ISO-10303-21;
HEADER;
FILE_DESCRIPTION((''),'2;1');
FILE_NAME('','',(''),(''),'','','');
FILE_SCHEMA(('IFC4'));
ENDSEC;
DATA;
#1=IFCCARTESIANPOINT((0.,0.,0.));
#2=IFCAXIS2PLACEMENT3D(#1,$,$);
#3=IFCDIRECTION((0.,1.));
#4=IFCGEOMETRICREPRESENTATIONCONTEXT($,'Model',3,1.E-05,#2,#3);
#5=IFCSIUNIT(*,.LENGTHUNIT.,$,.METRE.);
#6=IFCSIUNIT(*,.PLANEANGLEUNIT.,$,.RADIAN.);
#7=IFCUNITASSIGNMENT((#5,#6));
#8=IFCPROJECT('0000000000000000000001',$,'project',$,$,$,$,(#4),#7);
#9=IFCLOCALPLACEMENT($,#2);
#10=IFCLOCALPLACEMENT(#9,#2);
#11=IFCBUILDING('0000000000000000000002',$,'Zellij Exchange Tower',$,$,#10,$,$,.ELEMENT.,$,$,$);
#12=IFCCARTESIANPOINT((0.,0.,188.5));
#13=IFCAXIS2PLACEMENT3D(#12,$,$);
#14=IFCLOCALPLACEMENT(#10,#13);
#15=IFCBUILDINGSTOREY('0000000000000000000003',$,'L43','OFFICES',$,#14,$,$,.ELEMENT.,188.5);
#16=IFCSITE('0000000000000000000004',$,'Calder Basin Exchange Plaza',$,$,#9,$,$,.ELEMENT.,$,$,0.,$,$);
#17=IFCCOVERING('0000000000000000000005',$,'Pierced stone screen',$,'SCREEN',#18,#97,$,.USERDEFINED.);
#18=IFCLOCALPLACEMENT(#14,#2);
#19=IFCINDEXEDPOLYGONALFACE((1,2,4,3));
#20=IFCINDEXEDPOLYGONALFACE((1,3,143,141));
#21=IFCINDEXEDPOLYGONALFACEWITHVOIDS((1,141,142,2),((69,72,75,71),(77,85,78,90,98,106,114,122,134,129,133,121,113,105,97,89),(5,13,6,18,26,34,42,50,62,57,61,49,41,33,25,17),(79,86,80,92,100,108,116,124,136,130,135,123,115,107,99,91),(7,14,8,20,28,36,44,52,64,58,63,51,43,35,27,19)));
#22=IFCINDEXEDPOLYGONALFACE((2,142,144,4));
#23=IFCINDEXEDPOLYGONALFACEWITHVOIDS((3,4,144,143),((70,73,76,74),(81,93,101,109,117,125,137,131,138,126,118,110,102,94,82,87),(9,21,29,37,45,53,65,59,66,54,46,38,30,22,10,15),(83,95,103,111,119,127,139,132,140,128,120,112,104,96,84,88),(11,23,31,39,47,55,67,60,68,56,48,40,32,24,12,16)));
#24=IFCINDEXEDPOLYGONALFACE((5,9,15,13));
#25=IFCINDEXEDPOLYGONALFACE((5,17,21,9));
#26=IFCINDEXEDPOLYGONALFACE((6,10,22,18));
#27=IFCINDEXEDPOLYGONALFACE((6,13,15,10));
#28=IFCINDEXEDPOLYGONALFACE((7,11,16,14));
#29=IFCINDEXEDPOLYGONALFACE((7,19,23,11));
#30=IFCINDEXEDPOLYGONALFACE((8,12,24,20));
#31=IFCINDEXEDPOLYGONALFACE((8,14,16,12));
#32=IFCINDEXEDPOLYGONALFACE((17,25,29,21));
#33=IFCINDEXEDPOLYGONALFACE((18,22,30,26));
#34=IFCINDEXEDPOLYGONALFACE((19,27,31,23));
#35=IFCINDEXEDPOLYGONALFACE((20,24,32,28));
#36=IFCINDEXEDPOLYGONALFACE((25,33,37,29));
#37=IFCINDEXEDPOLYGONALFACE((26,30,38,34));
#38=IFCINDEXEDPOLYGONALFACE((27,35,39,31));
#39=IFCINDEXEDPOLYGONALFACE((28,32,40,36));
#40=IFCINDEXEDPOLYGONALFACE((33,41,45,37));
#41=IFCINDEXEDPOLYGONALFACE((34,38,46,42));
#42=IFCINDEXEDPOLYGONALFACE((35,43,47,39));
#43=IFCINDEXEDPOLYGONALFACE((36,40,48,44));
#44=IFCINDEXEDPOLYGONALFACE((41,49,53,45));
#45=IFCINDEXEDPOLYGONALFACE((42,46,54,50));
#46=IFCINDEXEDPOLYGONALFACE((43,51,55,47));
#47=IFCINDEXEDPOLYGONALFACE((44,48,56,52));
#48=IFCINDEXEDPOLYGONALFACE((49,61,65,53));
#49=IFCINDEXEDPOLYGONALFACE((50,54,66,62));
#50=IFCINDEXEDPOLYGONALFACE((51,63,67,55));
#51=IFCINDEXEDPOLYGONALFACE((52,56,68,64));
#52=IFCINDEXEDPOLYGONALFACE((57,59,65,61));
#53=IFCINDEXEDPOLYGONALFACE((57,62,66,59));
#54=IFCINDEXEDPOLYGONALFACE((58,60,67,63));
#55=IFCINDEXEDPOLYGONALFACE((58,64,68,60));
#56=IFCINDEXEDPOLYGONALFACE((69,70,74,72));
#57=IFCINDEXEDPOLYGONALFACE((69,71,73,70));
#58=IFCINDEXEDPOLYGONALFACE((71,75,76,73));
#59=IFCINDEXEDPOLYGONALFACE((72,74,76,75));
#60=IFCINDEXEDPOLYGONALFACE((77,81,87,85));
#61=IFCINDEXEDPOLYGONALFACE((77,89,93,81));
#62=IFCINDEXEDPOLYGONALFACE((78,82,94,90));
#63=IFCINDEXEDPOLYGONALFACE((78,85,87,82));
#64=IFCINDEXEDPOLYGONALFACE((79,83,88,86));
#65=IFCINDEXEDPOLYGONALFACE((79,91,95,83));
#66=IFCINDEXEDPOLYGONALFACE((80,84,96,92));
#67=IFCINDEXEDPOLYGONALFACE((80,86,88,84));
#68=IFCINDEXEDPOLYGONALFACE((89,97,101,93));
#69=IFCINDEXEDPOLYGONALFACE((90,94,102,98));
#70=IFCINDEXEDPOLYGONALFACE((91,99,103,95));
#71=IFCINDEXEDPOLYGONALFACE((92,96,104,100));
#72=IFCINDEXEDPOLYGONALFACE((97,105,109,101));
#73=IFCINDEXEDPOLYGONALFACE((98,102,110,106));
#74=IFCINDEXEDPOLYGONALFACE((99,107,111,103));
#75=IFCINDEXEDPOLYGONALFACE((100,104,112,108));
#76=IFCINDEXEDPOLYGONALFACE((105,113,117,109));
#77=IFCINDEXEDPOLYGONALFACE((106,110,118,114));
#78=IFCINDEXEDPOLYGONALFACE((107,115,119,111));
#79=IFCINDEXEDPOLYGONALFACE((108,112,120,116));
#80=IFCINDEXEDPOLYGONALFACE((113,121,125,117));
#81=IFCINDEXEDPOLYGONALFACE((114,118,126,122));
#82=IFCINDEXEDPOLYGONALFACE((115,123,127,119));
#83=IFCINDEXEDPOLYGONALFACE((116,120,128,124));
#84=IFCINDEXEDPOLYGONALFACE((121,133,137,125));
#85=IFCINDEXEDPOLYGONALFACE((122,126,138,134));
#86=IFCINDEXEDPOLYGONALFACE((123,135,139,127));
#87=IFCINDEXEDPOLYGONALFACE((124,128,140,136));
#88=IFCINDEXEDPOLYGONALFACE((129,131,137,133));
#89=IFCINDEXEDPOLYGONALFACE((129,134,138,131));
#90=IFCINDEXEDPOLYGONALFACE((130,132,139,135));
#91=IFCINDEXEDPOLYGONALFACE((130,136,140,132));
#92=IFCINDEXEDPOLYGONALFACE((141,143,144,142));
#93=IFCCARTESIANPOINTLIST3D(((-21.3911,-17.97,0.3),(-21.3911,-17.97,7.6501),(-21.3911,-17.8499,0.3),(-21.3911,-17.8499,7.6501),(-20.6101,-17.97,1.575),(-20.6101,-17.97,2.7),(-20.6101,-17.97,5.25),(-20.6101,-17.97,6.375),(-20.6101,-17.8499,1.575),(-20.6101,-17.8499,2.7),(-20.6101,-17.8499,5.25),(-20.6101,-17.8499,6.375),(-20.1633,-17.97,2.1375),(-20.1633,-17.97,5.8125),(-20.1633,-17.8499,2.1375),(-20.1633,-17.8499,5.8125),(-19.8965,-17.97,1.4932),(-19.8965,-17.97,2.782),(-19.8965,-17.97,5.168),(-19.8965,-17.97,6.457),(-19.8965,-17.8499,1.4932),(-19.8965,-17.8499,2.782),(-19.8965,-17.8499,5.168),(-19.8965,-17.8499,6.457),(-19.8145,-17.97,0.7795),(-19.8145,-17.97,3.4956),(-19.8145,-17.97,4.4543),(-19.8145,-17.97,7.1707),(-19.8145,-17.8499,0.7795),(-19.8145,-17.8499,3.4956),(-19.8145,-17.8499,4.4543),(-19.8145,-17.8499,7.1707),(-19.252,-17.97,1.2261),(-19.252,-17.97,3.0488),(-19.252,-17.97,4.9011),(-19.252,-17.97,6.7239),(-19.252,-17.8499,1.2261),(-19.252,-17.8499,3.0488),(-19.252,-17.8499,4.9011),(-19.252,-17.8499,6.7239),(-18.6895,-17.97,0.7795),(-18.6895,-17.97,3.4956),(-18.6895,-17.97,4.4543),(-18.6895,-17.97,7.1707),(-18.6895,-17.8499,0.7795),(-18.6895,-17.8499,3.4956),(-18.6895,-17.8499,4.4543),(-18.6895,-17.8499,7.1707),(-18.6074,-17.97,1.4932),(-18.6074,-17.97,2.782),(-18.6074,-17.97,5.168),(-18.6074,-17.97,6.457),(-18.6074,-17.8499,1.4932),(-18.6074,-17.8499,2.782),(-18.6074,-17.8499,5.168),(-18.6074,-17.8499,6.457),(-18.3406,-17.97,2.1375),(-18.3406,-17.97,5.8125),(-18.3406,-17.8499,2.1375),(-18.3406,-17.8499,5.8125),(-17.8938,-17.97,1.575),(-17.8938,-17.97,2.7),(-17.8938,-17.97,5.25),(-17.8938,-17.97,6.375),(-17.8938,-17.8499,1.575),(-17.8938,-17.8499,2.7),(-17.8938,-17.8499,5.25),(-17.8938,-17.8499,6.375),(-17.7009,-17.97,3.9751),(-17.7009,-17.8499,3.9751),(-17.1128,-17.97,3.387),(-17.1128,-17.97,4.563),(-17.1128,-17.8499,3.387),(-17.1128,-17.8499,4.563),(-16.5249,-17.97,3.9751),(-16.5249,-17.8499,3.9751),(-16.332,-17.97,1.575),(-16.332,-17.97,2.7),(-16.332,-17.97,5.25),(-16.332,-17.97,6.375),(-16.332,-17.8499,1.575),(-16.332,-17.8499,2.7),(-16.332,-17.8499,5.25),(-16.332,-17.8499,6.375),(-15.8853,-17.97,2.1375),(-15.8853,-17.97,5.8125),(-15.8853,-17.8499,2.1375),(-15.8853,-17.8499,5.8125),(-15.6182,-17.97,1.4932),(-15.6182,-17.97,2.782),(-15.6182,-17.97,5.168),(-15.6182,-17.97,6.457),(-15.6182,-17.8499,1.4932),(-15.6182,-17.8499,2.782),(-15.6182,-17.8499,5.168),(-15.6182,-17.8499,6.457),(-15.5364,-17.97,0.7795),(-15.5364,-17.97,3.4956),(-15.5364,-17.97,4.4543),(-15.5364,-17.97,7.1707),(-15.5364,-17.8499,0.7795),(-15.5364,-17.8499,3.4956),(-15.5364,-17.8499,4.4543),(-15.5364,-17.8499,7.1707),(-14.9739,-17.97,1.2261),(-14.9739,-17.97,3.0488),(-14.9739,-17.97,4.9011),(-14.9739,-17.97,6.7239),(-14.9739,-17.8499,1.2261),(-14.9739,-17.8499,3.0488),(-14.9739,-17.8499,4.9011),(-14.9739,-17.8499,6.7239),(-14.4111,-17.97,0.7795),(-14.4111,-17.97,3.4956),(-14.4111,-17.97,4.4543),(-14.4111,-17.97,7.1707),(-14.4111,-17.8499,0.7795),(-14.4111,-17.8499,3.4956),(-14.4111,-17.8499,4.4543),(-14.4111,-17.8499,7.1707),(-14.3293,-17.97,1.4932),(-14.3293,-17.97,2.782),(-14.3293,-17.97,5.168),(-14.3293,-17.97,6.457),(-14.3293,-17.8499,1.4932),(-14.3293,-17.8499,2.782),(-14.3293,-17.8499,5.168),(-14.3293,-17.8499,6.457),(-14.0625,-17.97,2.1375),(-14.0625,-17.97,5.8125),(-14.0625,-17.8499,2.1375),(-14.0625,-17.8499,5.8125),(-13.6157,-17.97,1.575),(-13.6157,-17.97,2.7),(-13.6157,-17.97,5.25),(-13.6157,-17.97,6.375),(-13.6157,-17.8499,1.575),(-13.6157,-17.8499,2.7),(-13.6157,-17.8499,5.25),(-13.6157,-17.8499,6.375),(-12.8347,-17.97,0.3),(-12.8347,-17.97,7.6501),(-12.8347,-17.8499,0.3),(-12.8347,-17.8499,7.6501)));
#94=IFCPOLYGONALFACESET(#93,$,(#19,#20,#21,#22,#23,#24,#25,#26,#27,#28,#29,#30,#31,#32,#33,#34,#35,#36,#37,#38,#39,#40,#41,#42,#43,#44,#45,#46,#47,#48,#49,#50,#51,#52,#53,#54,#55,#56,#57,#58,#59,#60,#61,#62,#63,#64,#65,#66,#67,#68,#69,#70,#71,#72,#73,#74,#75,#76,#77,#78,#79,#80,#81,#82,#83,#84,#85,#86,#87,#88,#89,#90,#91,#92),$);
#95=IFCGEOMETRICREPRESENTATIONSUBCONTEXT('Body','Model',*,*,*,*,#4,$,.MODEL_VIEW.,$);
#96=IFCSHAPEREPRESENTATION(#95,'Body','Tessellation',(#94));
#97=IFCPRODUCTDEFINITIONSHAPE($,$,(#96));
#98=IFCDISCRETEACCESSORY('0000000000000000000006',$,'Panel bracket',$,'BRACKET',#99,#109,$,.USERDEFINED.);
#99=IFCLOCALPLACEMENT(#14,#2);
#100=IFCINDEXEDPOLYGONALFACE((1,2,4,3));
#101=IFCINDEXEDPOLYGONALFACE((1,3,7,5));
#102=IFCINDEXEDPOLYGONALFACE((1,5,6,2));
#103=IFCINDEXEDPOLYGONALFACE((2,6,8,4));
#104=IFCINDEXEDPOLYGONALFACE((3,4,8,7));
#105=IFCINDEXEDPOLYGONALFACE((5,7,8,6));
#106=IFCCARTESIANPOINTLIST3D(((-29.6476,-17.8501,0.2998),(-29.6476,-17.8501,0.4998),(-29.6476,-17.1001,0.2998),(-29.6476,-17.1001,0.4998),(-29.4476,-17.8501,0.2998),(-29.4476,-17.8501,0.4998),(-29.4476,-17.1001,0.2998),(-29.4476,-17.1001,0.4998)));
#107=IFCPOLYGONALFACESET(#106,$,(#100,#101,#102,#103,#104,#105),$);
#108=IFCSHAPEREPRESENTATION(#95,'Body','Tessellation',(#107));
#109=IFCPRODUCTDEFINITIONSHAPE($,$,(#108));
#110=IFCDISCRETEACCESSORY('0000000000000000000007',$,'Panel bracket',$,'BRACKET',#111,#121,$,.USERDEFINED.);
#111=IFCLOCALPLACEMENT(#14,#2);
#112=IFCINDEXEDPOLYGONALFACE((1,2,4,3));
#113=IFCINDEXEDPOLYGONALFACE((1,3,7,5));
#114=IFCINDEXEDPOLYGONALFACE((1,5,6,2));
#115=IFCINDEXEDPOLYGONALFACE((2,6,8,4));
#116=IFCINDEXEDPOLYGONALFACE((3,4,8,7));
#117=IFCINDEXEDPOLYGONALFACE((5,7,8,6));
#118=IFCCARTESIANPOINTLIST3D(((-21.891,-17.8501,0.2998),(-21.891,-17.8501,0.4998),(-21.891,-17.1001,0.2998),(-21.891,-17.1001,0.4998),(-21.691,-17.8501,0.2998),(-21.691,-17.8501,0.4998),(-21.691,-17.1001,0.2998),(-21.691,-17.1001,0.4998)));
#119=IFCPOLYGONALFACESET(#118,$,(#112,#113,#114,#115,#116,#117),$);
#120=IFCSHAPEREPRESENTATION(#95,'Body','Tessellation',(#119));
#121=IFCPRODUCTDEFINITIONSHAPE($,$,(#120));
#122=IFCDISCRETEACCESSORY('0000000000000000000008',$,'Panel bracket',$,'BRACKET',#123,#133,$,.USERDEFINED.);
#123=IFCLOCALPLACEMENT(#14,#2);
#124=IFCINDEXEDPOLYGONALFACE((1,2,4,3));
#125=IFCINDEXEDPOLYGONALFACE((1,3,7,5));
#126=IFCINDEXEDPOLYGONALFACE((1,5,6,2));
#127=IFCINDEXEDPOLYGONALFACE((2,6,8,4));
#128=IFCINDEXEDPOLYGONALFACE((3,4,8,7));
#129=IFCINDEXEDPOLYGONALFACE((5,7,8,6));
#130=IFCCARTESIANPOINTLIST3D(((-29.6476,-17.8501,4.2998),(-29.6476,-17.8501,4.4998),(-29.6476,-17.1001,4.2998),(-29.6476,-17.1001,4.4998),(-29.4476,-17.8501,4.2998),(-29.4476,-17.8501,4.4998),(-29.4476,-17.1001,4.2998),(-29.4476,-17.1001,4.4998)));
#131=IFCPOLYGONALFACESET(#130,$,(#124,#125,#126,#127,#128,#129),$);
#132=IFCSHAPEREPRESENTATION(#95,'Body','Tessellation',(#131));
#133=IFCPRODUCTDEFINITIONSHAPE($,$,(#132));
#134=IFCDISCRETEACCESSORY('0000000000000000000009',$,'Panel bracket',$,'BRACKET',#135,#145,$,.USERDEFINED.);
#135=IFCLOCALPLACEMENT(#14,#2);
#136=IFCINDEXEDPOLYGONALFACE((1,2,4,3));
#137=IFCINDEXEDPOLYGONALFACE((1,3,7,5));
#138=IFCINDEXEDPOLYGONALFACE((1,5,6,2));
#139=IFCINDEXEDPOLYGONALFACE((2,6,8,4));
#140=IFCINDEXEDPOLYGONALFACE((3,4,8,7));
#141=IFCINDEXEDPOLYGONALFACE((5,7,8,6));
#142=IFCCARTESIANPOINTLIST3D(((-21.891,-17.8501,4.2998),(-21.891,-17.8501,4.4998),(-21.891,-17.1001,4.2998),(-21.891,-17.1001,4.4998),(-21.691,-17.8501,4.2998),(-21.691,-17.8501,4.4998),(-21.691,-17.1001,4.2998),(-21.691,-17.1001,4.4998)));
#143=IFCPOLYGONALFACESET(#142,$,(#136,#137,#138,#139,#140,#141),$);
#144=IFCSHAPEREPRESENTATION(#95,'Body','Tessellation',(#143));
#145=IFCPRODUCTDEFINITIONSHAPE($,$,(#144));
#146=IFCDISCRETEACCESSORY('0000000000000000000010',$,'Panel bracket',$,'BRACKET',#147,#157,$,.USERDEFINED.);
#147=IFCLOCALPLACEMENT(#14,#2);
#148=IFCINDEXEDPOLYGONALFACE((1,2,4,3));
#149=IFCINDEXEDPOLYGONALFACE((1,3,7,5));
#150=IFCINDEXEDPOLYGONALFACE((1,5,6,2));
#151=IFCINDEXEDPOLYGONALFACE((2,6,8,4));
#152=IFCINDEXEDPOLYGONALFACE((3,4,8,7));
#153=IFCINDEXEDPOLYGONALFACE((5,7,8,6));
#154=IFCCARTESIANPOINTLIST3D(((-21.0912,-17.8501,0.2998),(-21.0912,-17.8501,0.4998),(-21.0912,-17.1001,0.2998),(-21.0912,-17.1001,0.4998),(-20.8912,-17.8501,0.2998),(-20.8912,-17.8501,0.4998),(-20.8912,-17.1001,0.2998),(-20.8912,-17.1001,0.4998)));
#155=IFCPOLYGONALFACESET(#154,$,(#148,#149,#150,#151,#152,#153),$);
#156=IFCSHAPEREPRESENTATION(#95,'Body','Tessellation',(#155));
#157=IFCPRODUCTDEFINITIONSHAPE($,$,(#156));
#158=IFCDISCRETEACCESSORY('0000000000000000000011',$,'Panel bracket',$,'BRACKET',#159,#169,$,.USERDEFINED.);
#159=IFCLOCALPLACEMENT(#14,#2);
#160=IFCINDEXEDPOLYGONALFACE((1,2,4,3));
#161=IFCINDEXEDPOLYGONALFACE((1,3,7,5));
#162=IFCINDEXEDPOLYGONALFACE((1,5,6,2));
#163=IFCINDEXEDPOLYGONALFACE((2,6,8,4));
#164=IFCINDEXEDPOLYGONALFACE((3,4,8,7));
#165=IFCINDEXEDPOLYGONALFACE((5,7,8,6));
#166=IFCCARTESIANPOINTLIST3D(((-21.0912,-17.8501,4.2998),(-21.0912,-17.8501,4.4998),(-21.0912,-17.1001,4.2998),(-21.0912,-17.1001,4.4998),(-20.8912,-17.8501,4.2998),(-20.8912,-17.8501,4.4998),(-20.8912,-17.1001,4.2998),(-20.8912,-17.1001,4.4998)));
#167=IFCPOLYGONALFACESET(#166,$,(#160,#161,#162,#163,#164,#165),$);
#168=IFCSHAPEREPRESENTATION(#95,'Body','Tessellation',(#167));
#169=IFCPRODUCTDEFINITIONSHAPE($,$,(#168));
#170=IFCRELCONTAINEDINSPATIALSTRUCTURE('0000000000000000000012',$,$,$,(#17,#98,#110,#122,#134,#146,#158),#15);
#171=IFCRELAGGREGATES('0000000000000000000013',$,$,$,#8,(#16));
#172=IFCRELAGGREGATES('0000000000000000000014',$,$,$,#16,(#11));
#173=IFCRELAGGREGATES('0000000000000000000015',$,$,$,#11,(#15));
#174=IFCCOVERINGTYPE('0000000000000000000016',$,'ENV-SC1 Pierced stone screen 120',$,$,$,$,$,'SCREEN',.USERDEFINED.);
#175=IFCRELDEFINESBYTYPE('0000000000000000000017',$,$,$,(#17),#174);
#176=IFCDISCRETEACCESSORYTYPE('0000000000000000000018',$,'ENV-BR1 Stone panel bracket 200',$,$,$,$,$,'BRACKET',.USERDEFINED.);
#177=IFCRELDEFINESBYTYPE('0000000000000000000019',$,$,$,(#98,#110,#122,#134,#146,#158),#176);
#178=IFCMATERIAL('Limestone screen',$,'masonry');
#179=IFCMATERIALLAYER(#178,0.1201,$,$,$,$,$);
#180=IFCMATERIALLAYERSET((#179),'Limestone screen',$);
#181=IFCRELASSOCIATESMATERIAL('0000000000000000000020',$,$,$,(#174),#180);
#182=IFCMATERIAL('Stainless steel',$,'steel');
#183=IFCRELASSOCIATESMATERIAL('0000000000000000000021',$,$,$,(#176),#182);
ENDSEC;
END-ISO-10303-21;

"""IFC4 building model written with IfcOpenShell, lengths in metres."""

from ifc_helpers import new_model, si_unit, direction, frame, origin, origin_2d, place, context, subcontext, project, spatial, polyline, rectangle, outline, extrude, material, layer, layer_set, type_object, element, save


model = new_model("IFC4")

# Units and contexts
model_context = context("Model", 3, precision=1e-05, world=origin(), true_north=direction((0.0, 1.0)))
body_context = subcontext(model_context, "Body", "Model", "MODEL_VIEW")
ifc_project = project(units=[si_unit("LENGTHUNIT", "METRE"), si_unit("PLANEANGLEUNIT", "RADIAN")], contexts=[model_context])

# Site, building, storey
site_placement = place(None, origin())
site = spatial("IfcSite", under=ifc_project, at=site_placement, Name="Calder Basin Exchange Plaza", CompositionType="ELEMENT", RefElevation=0.0)
building_placement = place(site_placement, origin())
building = spatial("IfcBuilding", under=site, at=building_placement, Name="Zellij Exchange Tower", CompositionType="ELEMENT")
storey_placement = place(building_placement, frame((0.0, 0.0, 188.5)))
storey = spatial("IfcBuildingStorey", under=building, at=storey_placement, Name="L43", Description="OFFICES", CompositionType="ELEMENT", Elevation=188.5)

# Shared definitions
ifc_material_1 = material(Name="Stainless steel", Category="steel")

# Covering
ifc_material_2 = material(Name="Limestone screen", Category="masonry")
ifc_layer_1 = layer(ifc_material_2, 0.1201)
ifc_layer_set_1 = layer_set([ifc_layer_1], Name="Limestone screen")
covering_type = type_object("IfcCoveringType", Name="ENV-SC1 Pierced stone screen 120", ElementType="SCREEN", PredefinedType="USERDEFINED", material=ifc_layer_set_1)
covering_placement = place(storey_placement, frame((-21.3911, -17.9099, 0.3), z_axis=(0.0, 0.0, 1.0), x_axis=(1.0, 0.0, 0.0)))
element("IfcCovering", 1, at=covering_placement, inside=storey, type_object=covering_type, Name="Pierced stone screen", ObjectType="SCREEN", PredefinedType="USERDEFINED", context=body_context, shape_type="SweptSolid", body=[
    extrude(outline(polyline([(0.0, 0.0), (8.5564, 0.0), (8.5564, 7.3501), (0.0, 7.3501), (0.0, 0.0)]), holes=[polyline([(3.4973, 2.3999), (2.7837, 2.4819), (2.7017, 3.1956), (2.1392, 2.7488), (1.5767, 3.1956), (1.4946, 2.4819), (0.781, 2.3999), (1.2278, 1.8374), (0.781, 1.2749), (1.4946, 1.1931), (1.5767, 0.4795), (2.1392, 0.926), (2.7017, 0.4795), (2.7837, 1.1931), (3.4973, 1.2749), (3.0505, 1.8374), (3.4973, 2.3999)]), polyline([(3.4973, 6.075), (2.7837, 6.157), (2.7017, 6.8706), (2.1392, 6.4238), (1.5767, 6.8706), (1.4946, 6.157), (0.781, 6.075), (1.2278, 5.5125), (0.781, 4.95), (1.4946, 4.8679), (1.5767, 4.1543), (2.1392, 4.6011), (2.7017, 4.1543), (2.7837, 4.8679), (3.4973, 4.95), (3.0505, 5.5125), (3.4973, 6.075)]), polyline([(7.7754, 2.3999), (7.0618, 2.4819), (6.98, 3.1956), (6.4172, 2.7488), (5.8547, 3.1956), (5.7729, 2.4819), (5.0591, 2.3999), (5.5059, 1.8374), (5.0591, 1.2749), (5.7729, 1.1931), (5.8547, 0.4795), (6.4172, 0.926), (6.98, 0.4795), (7.0618, 1.1931), (7.7754, 1.2749), (7.3286, 1.8374), (7.7754, 2.3999)]), polyline([(7.7754, 6.075), (7.0618, 6.157), (6.98, 6.8706), (6.4172, 6.4238), (5.8547, 6.8706), (5.7729, 6.157), (5.0591, 6.075), (5.5059, 5.5125), (5.0591, 4.95), (5.7729, 4.8679), (5.8547, 4.1543), (6.4172, 4.6011), (6.98, 4.1543), (7.0618, 4.8679), (7.7754, 4.95), (7.3286, 5.5125), (7.7754, 6.075)]), polyline([(4.8662, 3.675), (4.2783, 4.2629), (3.6902, 3.675), (4.2783, 3.0869), (4.8662, 3.675)])]), frame((0.0, 0.0601, 0.0), z_axis=(0.0, -1.0, 0.0), x_axis=(1.0, 0.0, 0.0)), (0.0, 0.0, 1.0), 0.1201),
])

# Discrete accessories
discrete_accessory_type = type_object("IfcDiscreteAccessoryType", Name="ENV-BR1 Stone panel bracket 200", ElementType="BRACKET", PredefinedType="USERDEFINED", material=ifc_material_1)
for number, where, z_axis, x_axis, name in (
    (2, (-29.5476, -17.4751, 0.2998), (0.0, 0.0, 1.0), (1.0, 0.0, 0.0), "Panel bracket"),
    (3, (-21.791, -17.4751, 0.2998), (0.0, 0.0, 1.0), (1.0, 0.0, 0.0), "Panel bracket"),
    (4, (-29.5476, -17.4751, 4.2998), (0.0, 0.0, 1.0), (1.0, 0.0, 0.0), "Panel bracket"),
    (5, (-21.791, -17.4751, 4.2998), (0.0, 0.0, 1.0), (1.0, 0.0, 0.0), "Panel bracket"),
    (6, (-20.9912, -17.4751, 0.2998), (0.0, 0.0, 1.0), (1.0, 0.0, 0.0), "Panel bracket"),
    (7, (-20.9912, -17.4751, 4.2998), (0.0, 0.0, 1.0), (1.0, 0.0, 0.0), "Panel bracket"),
):
    element("IfcDiscreteAccessory", number, at=place(storey_placement, frame(where, z_axis=z_axis, x_axis=x_axis)), inside=storey, type_object=discrete_accessory_type, Name=name, ObjectType="BRACKET", PredefinedType="USERDEFINED", context=body_context, shape_type="SweptSolid", body=[
        extrude(rectangle(XDim=0.2, YDim=0.75, at=origin_2d()), origin(), (0.0, 0.0, 1.0), 0.2),
    ])

save(model, "model.ifc")
